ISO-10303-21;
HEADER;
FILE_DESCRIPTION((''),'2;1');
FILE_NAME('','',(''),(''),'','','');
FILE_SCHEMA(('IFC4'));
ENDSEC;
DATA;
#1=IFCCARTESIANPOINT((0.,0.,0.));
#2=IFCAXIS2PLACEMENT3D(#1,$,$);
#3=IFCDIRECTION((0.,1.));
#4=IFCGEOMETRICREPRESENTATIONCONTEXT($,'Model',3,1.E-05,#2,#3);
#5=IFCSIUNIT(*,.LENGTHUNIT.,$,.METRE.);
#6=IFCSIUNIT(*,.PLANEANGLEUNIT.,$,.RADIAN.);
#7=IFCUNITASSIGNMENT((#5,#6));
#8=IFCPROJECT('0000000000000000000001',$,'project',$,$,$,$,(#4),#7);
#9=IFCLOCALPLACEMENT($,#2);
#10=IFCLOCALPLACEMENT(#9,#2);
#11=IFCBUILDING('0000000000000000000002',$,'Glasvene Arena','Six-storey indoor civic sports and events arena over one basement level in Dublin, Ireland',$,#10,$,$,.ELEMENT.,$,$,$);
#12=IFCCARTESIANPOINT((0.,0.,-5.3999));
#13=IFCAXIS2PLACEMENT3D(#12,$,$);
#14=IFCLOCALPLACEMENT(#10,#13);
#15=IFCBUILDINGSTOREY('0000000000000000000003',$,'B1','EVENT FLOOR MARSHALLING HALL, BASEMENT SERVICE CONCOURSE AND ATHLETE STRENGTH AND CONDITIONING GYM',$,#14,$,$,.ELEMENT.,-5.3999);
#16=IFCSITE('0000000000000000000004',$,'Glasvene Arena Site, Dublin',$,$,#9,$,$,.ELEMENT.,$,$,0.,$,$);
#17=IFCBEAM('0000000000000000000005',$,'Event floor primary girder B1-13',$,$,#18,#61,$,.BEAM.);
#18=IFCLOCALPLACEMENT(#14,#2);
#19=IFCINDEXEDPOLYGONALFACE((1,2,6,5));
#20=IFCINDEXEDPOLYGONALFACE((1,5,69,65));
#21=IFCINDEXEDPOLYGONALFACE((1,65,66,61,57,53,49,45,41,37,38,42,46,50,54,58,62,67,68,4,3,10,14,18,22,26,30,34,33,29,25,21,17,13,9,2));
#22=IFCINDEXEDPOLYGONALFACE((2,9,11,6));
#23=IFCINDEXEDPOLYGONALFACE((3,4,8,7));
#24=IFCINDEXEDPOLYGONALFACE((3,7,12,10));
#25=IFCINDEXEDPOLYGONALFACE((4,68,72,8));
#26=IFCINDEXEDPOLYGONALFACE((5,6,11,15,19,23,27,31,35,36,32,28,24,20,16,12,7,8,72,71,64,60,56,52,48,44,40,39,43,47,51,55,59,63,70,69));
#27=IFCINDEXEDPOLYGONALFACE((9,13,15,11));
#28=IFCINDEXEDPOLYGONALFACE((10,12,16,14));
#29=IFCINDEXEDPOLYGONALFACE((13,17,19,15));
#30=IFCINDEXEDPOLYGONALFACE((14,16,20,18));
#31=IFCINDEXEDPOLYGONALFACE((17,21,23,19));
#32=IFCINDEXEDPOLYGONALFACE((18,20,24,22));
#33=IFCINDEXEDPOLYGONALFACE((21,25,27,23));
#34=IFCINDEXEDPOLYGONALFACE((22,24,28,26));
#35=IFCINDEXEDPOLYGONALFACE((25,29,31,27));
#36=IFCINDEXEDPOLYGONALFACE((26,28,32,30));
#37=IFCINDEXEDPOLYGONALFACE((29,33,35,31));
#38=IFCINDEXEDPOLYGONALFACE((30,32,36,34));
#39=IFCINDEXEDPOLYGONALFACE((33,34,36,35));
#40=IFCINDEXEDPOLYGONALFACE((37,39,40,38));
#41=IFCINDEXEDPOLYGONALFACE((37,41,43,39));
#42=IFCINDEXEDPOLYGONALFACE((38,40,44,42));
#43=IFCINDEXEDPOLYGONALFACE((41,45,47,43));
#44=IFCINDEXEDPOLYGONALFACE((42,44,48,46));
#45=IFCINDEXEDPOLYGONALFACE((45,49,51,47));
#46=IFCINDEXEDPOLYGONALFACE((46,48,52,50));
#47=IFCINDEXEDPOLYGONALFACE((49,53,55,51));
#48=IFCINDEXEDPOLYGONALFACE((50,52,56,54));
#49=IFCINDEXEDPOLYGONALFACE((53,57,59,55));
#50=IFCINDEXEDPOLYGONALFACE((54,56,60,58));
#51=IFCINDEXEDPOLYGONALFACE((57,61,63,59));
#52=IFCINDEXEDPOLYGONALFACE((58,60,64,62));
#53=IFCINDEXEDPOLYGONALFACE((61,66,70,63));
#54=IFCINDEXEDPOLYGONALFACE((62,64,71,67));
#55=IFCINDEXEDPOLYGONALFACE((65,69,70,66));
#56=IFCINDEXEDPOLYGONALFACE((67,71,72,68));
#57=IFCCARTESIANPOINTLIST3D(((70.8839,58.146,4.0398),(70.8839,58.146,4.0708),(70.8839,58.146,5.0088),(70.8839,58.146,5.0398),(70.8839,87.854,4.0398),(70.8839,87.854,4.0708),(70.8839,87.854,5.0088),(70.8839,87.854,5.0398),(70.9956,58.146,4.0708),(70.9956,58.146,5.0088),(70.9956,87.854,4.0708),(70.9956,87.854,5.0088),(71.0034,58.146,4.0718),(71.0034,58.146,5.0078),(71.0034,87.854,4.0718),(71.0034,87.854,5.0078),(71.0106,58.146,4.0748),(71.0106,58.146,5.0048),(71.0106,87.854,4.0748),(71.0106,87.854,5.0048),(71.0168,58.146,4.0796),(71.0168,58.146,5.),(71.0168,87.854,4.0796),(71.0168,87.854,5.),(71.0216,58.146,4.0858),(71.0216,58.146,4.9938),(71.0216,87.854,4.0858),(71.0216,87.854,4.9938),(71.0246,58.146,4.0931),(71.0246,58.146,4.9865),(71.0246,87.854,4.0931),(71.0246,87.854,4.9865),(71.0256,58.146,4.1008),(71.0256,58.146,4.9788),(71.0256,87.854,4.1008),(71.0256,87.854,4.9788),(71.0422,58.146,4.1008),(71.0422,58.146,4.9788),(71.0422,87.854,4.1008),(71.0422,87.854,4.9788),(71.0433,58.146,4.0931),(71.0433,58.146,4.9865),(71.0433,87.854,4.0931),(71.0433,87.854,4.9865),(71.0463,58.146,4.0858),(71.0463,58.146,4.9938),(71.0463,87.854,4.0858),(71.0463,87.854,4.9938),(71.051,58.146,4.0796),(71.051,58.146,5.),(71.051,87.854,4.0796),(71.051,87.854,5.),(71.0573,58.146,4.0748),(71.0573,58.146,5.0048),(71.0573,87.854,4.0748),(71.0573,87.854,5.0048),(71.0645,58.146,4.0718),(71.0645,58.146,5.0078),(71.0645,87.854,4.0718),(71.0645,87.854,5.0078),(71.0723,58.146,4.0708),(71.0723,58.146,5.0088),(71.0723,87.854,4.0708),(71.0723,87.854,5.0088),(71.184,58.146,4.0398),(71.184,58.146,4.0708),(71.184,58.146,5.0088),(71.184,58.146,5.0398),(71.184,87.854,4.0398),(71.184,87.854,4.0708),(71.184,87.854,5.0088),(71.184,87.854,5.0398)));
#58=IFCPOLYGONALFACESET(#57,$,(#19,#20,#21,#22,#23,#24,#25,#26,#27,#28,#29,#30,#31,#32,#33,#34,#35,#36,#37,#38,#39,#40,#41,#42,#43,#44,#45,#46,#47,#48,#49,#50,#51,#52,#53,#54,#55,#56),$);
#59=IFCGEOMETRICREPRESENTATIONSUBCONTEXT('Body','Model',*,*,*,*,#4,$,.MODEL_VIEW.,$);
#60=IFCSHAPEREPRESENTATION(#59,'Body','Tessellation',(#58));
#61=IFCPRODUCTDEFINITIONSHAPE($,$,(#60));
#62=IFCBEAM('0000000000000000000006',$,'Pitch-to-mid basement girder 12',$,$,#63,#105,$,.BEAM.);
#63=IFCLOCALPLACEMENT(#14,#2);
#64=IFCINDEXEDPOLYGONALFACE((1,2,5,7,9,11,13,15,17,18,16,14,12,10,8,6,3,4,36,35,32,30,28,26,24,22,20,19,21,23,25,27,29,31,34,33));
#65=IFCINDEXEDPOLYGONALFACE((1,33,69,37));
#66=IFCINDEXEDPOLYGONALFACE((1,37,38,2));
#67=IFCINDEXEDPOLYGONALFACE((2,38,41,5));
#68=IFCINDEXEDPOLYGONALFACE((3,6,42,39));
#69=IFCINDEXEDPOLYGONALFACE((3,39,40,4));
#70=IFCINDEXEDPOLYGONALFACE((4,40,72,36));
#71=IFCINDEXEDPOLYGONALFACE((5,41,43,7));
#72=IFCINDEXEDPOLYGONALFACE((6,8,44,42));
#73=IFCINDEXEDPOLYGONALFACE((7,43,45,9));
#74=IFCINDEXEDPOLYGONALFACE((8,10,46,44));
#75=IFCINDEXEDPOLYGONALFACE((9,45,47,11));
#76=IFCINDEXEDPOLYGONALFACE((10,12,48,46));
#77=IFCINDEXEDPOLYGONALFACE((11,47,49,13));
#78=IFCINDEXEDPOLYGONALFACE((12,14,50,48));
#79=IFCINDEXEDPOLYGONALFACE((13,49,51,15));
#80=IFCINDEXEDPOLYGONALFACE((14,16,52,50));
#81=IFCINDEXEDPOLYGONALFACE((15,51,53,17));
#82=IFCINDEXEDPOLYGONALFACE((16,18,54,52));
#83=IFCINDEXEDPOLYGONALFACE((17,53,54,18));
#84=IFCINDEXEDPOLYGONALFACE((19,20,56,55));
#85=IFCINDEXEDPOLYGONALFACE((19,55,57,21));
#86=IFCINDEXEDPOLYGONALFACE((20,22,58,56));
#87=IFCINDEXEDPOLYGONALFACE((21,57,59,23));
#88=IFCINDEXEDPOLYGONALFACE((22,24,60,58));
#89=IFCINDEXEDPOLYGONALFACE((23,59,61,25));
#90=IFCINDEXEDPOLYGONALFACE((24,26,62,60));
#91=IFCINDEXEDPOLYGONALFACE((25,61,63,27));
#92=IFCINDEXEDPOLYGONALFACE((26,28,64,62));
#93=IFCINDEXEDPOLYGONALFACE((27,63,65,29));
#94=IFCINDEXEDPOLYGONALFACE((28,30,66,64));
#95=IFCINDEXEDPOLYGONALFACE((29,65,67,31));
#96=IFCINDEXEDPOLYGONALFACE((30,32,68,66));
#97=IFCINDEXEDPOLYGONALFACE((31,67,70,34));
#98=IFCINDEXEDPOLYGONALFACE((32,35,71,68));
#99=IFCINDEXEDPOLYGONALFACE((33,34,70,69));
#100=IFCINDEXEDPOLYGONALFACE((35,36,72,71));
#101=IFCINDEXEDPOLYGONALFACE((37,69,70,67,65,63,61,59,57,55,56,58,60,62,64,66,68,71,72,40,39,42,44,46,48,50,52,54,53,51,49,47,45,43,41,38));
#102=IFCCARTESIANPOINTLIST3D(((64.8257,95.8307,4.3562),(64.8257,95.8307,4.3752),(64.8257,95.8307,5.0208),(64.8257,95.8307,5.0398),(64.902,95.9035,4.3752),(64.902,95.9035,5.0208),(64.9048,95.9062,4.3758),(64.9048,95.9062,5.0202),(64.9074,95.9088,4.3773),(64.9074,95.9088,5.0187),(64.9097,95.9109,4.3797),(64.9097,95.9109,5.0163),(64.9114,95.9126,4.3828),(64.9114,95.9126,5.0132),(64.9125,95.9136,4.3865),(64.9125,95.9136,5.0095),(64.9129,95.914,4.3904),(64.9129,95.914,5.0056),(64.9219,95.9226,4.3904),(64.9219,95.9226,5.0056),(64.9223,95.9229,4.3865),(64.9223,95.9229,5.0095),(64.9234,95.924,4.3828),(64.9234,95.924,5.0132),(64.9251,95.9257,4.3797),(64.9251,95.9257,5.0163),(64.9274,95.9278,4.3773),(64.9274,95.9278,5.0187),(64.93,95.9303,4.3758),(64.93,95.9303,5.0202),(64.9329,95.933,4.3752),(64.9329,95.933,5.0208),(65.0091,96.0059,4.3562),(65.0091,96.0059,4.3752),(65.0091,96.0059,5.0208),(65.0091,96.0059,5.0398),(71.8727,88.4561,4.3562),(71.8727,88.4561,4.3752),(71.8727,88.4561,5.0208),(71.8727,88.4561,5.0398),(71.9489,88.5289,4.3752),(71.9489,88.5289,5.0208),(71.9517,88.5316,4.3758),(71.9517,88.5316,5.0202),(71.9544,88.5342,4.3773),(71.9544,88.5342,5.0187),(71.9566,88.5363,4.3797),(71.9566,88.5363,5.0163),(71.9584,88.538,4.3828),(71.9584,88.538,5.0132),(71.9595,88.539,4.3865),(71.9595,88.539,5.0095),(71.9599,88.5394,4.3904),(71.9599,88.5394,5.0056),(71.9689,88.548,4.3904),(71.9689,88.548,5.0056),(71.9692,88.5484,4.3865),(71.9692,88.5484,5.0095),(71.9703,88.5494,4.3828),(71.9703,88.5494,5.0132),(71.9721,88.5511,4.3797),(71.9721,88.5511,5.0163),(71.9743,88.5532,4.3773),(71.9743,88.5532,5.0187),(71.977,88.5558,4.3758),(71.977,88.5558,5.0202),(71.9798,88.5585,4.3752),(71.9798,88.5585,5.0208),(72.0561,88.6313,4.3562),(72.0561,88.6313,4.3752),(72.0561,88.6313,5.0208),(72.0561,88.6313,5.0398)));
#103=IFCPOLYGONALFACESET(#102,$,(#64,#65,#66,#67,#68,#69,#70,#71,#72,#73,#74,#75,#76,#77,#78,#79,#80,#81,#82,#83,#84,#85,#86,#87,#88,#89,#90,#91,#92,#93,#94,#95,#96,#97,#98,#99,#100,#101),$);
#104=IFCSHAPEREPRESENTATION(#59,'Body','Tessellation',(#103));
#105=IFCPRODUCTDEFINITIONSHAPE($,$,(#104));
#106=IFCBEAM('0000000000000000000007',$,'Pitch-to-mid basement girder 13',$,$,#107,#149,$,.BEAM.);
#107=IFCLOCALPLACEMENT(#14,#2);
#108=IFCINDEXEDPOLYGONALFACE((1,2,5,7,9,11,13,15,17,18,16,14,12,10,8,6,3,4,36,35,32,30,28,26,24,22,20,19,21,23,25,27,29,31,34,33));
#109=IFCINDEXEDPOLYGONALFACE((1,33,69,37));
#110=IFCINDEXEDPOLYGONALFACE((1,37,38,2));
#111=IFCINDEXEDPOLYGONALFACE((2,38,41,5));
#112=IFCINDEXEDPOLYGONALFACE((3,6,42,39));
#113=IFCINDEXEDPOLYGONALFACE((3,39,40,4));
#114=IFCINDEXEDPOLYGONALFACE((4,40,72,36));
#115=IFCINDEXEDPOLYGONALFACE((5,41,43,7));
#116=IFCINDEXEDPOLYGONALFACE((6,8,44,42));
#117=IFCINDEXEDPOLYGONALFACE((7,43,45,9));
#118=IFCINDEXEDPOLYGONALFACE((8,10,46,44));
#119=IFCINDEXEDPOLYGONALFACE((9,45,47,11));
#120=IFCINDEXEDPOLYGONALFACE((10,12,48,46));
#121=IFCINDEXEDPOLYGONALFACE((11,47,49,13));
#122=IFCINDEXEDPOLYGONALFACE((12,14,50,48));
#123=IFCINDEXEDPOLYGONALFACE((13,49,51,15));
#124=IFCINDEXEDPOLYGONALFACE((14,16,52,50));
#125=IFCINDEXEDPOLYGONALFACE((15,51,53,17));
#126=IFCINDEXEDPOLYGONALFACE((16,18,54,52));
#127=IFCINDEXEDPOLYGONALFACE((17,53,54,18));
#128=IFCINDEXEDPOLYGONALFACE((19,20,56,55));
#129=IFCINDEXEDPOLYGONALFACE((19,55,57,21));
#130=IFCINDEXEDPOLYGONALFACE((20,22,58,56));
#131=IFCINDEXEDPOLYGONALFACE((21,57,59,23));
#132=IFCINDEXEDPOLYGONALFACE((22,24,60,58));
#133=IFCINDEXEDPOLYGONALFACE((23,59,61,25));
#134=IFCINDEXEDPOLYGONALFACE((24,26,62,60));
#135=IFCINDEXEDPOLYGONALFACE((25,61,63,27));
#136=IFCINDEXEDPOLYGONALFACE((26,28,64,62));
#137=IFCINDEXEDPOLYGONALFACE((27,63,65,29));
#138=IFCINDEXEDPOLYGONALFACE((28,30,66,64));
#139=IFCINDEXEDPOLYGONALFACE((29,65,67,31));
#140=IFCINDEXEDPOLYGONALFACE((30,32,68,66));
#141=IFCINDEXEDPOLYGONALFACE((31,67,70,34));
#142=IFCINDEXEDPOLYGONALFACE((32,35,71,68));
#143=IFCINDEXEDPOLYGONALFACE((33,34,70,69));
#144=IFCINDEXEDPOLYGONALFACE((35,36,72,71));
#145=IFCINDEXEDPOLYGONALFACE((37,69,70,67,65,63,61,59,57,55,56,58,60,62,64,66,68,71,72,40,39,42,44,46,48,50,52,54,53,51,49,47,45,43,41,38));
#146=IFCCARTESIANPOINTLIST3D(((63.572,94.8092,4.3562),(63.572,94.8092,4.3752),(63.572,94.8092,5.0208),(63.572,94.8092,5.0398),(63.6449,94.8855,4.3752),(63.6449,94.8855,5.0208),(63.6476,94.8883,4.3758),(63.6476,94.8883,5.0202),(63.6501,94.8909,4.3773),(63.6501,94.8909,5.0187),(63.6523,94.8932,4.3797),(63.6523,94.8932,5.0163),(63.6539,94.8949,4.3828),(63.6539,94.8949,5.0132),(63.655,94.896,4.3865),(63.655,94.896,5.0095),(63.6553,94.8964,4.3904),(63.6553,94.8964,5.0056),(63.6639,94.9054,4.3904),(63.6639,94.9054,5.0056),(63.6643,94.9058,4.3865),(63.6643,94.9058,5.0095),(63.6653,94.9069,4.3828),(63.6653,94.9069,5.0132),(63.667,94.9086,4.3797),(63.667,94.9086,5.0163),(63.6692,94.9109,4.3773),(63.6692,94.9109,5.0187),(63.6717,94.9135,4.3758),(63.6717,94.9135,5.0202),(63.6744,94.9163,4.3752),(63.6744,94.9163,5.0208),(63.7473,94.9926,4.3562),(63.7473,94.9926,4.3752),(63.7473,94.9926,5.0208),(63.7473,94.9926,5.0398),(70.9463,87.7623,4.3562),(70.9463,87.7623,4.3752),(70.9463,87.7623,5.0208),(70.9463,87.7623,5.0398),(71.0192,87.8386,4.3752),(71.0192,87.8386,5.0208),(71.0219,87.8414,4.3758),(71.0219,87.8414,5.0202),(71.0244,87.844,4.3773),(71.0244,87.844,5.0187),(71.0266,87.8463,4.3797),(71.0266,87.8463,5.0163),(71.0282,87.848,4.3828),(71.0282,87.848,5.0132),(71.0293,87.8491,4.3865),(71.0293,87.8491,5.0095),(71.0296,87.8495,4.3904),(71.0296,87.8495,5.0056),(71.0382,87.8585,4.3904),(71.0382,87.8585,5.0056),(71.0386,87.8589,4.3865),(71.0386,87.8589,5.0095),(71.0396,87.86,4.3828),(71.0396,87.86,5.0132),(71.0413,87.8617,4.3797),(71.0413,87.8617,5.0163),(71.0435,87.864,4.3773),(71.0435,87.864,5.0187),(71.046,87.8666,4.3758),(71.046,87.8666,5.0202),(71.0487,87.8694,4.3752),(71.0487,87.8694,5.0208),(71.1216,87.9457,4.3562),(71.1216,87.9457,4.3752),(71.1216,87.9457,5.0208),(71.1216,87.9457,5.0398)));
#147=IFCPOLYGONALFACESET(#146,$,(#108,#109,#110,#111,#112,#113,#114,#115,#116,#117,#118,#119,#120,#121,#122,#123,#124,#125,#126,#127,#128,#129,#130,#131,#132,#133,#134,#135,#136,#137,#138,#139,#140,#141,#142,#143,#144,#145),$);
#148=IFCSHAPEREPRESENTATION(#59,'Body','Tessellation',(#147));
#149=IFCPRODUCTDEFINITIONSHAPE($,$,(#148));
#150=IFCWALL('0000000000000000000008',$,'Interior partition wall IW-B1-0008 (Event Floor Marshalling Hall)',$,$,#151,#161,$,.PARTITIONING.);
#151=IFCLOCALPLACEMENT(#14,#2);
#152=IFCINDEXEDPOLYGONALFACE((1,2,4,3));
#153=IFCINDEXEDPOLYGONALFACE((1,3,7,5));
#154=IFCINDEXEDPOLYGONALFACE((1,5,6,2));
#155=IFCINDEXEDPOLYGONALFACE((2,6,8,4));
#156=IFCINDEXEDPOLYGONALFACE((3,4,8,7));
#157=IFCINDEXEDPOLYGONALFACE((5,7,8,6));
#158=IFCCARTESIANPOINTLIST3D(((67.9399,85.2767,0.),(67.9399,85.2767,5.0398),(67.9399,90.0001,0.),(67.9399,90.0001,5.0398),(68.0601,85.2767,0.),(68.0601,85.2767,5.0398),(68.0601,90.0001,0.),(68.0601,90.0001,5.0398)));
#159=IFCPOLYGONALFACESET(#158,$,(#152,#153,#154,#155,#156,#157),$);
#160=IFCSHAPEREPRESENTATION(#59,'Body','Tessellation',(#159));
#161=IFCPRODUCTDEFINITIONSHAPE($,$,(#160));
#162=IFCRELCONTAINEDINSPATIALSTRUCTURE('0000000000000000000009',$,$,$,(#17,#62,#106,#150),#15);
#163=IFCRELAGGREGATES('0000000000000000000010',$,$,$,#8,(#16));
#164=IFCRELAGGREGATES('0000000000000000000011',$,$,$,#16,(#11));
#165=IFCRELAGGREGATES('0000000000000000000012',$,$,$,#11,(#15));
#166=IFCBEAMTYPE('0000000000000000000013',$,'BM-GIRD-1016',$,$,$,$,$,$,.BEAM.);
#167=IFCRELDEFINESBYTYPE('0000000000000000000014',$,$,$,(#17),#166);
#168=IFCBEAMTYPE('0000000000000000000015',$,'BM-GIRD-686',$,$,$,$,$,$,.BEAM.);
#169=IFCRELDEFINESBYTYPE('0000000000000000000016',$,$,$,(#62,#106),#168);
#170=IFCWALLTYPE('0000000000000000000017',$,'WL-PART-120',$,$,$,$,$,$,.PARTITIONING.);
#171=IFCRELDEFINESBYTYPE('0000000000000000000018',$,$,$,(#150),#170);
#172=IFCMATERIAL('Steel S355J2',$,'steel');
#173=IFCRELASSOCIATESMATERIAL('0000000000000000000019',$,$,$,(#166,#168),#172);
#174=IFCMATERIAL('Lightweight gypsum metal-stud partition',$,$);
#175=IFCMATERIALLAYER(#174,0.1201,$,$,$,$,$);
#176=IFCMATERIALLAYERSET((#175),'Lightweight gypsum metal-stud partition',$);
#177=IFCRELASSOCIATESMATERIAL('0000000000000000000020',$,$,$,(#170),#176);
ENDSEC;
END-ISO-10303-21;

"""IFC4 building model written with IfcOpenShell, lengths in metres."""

from ifc_helpers import new_model, si_unit, direction, frame, frame_2d, origin, origin_2d, place, context, subcontext, project, spatial, rectangle, i_section, extrude, material, layer, layer_set, material_profile, profile_set, type_object, element, save


model = new_model("IFC4")

# Units and contexts
model_context = context("Model", 3, precision=1e-05, world=origin(), true_north=direction((0.0, 1.0)))
body_context = subcontext(model_context, "Body", "Model", "MODEL_VIEW")
ifc_project = project(units=[si_unit("LENGTHUNIT", "METRE"), si_unit("PLANEANGLEUNIT", "RADIAN")], contexts=[model_context])

# Site, building, storey
site_placement = place(None, origin())
site = spatial("IfcSite", under=ifc_project, at=site_placement, Name="Glasvene Arena Site, Dublin", CompositionType="ELEMENT", RefElevation=0.0)
building_placement = place(site_placement, origin())
building = spatial("IfcBuilding", under=site, at=building_placement, Name="Glasvene Arena", Description="Six-storey indoor civic sports and events arena over one basement level in Dublin, Ireland", CompositionType="ELEMENT")
storey_placement = place(building_placement, frame((0.0, 0.0, -5.3999)))
storey = spatial("IfcBuildingStorey", under=building, at=storey_placement, Name="B1", Description="EVENT FLOOR MARSHALLING HALL, BASEMENT SERVICE CONCOURSE AND ATHLETE STRENGTH AND CONDITIONING GYM", CompositionType="ELEMENT", Elevation=-5.3999)

# Beams
ifc_material_1 = material(Name="Steel S355J2", Category="steel")
ifc_material_profile_1 = material_profile(ifc_material_1, i_section(OverallWidth=0.3, OverallDepth=1.0, WebThickness=0.0166, FlangeThickness=0.031, FilletRadius=0.03, at=origin_2d()), Name="UKB 1016x305x272")
ifc_profile_set_1 = profile_set([ifc_material_profile_1], Name="Steel S355J2")
beam_type_1 = type_object("IfcBeamType", Name="BM-GIRD-1016", PredefinedType="BEAM", material=ifc_profile_set_1)
beam_1_placement = place(storey_placement, frame((71.0339, 87.854, 4.5398), z_axis=(0.0, -1.0, 0.0), x_axis=(1.0, 0.0, 0.0)))
element("IfcBeam", 1, at=beam_1_placement, inside=storey, type_object=beam_type_1, Name="Event floor primary girder B1-13", PredefinedType="BEAM", context=body_context, shape_type="SweptSolid", body=[
    extrude(i_section(OverallWidth=0.3, OverallDepth=1.0, WebThickness=0.0166, FlangeThickness=0.031, FilletRadius=0.03, at=origin_2d()), origin(), (0.0, 0.0, 1.0), 29.708),
])
ifc_material_profile_2 = material_profile(ifc_material_1, i_section(OverallWidth=0.2537, OverallDepth=0.6836, WebThickness=0.0125, FlangeThickness=0.019, FilletRadius=0.0151, at=origin_2d()), Name="UKB 686x254x140")
ifc_profile_set_2 = profile_set([ifc_material_profile_2], Name="Steel S355J2")
beam_type_2 = type_object("IfcBeamType", Name="BM-GIRD-686", PredefinedType="BEAM", material=ifc_profile_set_2)
beam_2_placement = place(storey_placement, frame((71.9644, 88.5437, 4.698), z_axis=(-0.690864, 0.722985, 0.0), x_axis=(-0.722985, -0.690864, 0.0)))
element("IfcBeam", 2, at=beam_2_placement, inside=storey, type_object=beam_type_2, Name="Pitch-to-mid basement girder 12", PredefinedType="BEAM", context=body_context, shape_type="SweptSolid", body=[
    extrude(i_section(OverallWidth=0.2537, OverallDepth=0.6836, WebThickness=0.0125, FlangeThickness=0.019, FilletRadius=0.0151, at=origin_2d()), origin(), (0.0, 0.0, 1.0), 10.2002),
])
beam_3_placement = place(storey_placement, frame((71.0339, 87.854, 4.698), z_axis=(-0.722973, 0.690876, 0.0), x_axis=(-0.690876, -0.722973, 0.0)))
element("IfcBeam", 3, at=beam_3_placement, inside=storey, type_object=beam_type_2, Name="Pitch-to-mid basement girder 13", PredefinedType="BEAM", context=body_context, shape_type="SweptSolid", body=[
    extrude(i_section(OverallWidth=0.2537, OverallDepth=0.6836, WebThickness=0.0125, FlangeThickness=0.019, FilletRadius=0.0151, at=origin_2d()), origin(), (0.0, 0.0, 1.0), 10.2),
])

# Wall
ifc_material_2 = material(Name="Lightweight gypsum metal-stud partition")
ifc_layer = layer(ifc_material_2, 0.1201)
ifc_layer_set = layer_set([ifc_layer], Name="Lightweight gypsum metal-stud partition")
wall_type = type_object("IfcWallType", Name="WL-PART-120", PredefinedType="PARTITIONING", material=ifc_layer_set)
wall_placement = place(storey_placement, frame((68.0, 85.2766, 0.0), z_axis=(0.0, 0.0, 1.0), x_axis=(0.0, 1.0, 0.0)))
element("IfcWall", 4, at=wall_placement, inside=storey, type_object=wall_type, Name="Interior partition wall IW-B1-0008 (Event Floor Marshalling Hall)", PredefinedType="PARTITIONING", context=body_context, shape_type="SweptSolid", body=[
    extrude(rectangle(XDim=4.7234, YDim=0.1201, at=frame_2d((2.3618, 0.0))), origin(), (0.0, 0.0, 1.0), 5.0398),
])

save(model, "model.ifc")
